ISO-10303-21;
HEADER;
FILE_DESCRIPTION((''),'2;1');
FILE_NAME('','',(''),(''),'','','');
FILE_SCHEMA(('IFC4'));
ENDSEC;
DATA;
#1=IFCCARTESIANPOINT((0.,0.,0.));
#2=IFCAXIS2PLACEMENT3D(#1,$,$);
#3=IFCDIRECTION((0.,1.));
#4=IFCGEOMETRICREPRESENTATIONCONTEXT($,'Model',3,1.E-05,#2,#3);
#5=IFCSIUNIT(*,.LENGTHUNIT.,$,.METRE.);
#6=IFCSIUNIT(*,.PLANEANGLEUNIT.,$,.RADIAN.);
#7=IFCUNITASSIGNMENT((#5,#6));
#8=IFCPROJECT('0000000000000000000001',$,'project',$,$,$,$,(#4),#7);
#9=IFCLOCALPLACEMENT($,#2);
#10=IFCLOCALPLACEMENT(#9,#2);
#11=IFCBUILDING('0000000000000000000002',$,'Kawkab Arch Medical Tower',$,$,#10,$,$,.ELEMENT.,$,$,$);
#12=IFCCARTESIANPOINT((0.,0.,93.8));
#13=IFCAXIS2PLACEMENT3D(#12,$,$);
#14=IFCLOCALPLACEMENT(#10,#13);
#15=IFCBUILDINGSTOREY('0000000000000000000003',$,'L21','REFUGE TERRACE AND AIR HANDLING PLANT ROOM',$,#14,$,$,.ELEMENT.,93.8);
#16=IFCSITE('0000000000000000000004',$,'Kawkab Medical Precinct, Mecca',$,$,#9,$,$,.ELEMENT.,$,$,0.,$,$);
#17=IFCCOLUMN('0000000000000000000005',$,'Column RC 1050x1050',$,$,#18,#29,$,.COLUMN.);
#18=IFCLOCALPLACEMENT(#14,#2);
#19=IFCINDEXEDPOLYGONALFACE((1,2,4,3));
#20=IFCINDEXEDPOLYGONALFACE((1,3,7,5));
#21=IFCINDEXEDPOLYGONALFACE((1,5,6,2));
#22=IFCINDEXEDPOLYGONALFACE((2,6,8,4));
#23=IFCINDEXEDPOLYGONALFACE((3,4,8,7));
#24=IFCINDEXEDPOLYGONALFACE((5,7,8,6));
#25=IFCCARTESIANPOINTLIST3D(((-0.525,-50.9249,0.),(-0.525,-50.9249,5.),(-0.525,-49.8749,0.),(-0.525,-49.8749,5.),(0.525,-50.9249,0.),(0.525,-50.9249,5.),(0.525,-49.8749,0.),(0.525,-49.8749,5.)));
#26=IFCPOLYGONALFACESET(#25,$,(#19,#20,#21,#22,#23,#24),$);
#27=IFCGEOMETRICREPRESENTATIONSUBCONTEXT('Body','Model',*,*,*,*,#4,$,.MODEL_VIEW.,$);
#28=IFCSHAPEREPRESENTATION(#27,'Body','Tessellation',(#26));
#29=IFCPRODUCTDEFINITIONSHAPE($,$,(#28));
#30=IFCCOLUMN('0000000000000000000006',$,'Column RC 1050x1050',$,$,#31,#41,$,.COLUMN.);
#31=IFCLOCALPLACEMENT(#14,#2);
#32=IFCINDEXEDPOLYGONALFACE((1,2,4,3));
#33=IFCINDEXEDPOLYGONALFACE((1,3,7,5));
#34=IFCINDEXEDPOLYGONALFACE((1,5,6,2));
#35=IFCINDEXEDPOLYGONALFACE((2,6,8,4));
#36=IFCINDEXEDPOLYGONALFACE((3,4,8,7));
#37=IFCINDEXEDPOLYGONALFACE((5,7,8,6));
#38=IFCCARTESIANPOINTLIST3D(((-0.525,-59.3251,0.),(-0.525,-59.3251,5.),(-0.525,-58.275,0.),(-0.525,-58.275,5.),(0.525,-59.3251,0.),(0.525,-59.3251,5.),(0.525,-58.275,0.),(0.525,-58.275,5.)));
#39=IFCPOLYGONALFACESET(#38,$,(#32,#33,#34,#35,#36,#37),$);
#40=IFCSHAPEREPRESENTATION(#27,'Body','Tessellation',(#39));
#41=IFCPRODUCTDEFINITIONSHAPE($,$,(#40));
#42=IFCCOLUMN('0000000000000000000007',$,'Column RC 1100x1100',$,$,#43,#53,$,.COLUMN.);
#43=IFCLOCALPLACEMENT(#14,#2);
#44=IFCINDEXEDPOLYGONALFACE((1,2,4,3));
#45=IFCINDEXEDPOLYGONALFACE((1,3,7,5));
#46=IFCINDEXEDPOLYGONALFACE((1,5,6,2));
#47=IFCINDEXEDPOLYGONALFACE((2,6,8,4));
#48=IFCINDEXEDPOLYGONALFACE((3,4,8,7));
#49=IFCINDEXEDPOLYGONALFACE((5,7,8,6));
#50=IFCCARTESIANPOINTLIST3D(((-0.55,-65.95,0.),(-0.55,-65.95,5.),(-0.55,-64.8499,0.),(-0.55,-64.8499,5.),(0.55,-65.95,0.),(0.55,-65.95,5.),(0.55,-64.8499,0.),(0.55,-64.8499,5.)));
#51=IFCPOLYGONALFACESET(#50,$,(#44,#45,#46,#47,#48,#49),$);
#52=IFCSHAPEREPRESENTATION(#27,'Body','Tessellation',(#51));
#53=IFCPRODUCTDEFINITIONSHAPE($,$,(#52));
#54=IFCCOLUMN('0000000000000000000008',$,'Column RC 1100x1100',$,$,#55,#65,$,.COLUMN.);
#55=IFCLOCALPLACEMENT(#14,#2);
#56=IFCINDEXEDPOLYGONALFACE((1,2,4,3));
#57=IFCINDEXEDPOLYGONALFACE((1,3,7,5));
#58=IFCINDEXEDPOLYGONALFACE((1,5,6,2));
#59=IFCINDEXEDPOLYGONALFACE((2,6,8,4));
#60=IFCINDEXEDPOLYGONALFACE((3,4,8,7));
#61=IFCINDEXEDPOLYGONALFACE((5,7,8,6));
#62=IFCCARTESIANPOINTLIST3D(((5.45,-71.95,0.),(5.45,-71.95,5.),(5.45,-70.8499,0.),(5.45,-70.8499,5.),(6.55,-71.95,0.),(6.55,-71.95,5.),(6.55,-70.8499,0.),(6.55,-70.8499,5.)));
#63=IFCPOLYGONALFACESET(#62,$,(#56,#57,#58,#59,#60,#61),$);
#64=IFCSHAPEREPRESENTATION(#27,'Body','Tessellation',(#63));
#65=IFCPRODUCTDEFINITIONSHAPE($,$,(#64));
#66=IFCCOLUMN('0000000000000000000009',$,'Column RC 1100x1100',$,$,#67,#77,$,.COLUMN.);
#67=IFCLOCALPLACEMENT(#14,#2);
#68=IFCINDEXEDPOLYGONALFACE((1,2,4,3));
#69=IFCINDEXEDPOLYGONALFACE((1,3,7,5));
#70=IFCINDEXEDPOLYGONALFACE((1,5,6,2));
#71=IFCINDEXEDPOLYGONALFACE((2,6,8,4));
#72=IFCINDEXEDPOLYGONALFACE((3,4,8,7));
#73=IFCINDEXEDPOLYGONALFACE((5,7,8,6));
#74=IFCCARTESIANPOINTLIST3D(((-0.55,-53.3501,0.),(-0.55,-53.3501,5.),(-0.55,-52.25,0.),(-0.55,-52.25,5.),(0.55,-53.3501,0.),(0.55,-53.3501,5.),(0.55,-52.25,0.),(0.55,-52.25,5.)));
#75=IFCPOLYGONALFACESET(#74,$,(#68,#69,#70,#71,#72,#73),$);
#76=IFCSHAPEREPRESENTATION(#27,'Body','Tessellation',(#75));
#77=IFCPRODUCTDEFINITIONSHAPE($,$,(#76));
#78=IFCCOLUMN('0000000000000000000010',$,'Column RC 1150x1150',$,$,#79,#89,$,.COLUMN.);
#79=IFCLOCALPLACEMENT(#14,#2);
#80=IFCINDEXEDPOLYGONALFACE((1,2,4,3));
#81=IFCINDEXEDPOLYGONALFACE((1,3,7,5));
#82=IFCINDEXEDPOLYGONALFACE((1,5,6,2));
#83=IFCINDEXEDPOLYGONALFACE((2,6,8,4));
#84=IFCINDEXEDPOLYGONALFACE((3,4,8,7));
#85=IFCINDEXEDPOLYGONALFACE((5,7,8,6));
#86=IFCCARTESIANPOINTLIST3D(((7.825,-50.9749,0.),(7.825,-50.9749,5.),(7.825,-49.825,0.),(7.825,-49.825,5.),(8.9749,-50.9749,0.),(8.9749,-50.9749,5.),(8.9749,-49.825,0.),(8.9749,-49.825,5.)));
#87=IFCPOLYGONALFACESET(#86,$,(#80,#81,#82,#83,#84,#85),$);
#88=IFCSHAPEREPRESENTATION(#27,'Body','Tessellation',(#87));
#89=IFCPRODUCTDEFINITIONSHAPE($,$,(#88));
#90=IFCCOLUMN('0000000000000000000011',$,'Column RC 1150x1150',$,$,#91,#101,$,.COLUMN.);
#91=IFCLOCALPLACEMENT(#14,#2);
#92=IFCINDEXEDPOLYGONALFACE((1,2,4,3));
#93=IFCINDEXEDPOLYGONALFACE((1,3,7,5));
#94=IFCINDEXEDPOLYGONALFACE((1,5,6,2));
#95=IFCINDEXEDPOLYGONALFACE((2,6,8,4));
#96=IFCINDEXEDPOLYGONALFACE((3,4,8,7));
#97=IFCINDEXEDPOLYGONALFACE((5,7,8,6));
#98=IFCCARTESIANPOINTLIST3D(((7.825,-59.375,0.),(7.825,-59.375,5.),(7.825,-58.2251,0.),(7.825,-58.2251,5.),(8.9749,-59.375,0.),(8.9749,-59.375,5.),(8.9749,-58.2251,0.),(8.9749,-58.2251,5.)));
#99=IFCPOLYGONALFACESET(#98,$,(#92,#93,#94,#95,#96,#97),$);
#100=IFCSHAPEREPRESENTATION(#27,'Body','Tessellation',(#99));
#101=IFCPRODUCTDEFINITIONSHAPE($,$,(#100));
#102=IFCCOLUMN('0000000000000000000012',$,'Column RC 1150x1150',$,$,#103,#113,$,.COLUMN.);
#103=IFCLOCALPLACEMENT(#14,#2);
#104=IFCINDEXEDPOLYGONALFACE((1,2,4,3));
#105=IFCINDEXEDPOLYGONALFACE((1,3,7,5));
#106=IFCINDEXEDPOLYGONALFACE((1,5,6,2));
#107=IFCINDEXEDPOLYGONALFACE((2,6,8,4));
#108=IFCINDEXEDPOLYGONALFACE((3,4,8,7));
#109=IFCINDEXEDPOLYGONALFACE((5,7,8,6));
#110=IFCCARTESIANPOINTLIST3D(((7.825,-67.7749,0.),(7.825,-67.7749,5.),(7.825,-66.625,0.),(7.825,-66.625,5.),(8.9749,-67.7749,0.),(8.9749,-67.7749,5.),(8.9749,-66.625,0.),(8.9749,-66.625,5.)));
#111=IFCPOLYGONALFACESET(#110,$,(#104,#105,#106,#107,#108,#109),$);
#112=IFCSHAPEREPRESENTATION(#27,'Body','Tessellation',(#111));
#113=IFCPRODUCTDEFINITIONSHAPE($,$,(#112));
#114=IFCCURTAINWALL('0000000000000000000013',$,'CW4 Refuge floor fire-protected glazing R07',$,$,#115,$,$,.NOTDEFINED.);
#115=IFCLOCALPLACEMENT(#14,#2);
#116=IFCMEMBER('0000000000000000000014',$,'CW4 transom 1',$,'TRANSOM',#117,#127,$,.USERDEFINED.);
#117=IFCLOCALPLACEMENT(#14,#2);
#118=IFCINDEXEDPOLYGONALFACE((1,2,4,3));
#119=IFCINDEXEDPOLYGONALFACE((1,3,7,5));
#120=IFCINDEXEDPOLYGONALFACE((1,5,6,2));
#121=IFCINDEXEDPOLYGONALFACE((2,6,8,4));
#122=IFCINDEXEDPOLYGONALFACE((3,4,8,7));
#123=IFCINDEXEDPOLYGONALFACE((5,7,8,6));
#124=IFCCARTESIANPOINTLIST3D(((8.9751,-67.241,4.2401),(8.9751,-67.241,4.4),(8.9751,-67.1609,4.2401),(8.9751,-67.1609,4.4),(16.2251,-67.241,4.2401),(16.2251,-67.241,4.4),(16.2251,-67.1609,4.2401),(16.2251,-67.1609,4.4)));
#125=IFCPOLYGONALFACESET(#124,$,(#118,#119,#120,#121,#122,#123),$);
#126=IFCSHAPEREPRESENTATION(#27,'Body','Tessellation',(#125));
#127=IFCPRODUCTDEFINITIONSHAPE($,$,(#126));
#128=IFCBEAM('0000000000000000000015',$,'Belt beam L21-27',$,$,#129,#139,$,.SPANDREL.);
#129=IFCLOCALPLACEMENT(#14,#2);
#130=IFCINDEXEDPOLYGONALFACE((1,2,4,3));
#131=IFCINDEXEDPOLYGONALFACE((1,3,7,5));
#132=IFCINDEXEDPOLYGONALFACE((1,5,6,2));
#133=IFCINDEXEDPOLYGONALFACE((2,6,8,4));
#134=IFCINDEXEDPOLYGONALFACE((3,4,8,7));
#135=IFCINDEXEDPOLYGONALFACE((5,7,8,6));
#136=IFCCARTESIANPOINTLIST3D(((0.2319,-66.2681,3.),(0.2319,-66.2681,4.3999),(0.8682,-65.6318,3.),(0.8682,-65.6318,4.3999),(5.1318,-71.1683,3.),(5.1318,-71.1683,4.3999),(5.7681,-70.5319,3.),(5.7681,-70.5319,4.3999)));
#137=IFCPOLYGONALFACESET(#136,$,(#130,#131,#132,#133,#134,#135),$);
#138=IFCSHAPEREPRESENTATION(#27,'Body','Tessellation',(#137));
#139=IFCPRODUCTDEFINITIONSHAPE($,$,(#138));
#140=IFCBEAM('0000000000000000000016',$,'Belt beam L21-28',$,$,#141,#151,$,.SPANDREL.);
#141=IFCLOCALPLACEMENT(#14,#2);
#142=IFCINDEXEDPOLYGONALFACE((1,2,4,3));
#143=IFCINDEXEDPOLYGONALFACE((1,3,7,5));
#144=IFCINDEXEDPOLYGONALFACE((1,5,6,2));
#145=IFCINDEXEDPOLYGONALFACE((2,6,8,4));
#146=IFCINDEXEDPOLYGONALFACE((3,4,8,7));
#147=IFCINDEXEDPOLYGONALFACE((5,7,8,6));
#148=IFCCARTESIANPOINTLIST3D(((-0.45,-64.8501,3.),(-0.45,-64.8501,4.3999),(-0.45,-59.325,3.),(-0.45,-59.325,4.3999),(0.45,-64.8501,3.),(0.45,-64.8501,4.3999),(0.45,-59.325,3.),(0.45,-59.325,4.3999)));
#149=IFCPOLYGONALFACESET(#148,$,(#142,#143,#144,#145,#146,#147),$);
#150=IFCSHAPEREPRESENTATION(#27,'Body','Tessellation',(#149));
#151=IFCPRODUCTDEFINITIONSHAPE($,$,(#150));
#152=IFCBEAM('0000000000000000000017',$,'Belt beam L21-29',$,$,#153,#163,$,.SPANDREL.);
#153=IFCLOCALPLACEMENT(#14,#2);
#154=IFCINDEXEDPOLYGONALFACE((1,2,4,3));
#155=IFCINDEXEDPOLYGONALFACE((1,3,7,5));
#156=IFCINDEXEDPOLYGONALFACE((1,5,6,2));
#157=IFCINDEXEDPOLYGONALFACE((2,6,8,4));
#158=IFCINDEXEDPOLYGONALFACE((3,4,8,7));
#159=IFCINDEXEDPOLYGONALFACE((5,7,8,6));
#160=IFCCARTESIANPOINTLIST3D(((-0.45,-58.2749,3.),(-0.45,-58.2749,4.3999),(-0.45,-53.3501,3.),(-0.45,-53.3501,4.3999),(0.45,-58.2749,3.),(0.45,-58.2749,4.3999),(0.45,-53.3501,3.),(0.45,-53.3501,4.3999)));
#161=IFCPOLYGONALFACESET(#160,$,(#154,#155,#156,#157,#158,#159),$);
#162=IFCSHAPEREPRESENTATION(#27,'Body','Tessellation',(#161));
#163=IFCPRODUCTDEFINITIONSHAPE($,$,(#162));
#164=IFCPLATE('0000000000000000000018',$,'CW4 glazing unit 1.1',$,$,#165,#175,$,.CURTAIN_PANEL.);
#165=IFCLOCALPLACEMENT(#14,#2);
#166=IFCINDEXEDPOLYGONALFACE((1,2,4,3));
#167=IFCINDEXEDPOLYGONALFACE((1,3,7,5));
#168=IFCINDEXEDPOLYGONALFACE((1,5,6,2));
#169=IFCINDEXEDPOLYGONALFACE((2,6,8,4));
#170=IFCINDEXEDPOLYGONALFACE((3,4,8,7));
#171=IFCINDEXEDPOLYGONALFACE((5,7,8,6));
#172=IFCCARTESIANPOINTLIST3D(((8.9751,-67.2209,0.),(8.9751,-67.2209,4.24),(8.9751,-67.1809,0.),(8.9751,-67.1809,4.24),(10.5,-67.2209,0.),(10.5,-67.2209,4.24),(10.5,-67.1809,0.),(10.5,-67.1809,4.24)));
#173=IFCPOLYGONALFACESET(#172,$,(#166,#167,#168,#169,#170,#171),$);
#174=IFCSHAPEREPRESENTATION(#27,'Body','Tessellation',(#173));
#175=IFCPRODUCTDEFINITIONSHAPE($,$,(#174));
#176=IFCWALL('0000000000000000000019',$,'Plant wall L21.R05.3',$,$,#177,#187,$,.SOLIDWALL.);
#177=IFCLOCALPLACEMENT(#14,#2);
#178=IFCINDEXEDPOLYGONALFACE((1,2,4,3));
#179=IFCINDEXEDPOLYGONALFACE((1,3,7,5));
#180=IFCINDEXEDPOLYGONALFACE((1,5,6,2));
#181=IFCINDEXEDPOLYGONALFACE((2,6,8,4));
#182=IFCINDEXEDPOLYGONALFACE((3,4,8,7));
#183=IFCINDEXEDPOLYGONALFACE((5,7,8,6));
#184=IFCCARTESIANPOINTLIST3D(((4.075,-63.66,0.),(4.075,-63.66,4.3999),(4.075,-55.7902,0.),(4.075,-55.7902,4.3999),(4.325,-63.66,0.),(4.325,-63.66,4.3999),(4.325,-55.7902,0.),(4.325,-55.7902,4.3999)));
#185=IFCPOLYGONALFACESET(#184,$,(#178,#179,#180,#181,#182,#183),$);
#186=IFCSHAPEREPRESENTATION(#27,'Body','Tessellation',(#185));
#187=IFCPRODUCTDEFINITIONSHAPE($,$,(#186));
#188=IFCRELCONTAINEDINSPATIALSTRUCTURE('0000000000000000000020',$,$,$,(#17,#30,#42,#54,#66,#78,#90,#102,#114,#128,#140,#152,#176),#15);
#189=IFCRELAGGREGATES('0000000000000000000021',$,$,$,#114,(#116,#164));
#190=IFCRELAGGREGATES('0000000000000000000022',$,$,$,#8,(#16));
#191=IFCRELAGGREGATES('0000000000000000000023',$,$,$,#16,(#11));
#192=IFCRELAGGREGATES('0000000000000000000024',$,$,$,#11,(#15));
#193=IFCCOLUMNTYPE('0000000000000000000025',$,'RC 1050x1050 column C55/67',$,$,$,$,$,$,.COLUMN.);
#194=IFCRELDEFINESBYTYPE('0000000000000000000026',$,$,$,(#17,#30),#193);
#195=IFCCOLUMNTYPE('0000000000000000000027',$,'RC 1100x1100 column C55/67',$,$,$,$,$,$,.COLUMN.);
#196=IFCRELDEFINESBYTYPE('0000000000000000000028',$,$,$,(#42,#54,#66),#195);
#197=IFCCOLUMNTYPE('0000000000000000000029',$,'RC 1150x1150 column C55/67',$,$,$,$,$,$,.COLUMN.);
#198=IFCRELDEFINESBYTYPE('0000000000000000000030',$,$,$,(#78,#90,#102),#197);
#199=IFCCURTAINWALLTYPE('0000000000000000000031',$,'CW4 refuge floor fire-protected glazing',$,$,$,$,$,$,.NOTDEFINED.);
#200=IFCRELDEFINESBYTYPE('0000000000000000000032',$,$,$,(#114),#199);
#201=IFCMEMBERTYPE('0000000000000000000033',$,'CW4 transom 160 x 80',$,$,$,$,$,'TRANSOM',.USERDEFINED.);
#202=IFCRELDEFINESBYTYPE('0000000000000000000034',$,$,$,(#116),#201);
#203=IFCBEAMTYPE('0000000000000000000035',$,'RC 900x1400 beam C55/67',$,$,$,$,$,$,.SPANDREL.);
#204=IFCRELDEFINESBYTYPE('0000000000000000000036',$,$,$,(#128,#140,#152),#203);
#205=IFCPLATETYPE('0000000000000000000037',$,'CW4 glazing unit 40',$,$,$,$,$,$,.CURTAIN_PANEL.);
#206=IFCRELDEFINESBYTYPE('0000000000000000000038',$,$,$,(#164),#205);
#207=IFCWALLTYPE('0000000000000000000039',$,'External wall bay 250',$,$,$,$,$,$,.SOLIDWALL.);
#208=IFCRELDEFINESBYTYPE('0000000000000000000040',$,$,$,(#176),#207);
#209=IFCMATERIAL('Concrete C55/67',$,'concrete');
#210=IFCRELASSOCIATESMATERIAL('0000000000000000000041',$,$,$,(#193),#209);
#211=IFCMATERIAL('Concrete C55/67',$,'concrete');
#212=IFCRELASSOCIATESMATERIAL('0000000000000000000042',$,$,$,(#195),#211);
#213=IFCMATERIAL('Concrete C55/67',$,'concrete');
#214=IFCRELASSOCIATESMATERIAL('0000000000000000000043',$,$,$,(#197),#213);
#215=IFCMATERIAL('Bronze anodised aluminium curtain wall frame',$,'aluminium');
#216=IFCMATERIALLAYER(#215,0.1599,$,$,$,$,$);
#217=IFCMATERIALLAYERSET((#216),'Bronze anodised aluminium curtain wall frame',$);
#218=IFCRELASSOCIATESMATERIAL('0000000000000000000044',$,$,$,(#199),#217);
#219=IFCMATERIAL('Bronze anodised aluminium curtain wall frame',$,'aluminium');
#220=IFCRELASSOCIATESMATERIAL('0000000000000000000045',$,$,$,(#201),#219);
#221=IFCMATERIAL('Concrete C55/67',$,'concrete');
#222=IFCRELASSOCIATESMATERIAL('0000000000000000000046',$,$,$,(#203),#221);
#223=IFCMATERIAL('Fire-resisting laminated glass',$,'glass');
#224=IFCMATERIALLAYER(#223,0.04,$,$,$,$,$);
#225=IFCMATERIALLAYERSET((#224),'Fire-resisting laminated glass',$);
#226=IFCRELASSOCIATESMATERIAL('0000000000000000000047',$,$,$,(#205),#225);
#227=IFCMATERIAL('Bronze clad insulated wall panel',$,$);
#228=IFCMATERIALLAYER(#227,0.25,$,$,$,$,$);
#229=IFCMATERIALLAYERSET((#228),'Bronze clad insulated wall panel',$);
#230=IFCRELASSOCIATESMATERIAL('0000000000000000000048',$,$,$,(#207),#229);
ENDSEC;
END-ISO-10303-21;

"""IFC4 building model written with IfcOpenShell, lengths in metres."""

from ifc_helpers import new_model, si_unit, direction, frame, frame_2d, origin, origin_2d, place, context, subcontext, project, spatial, rectangle, extrude, material, layer, layer_set, material_profile, profile_set, type_object, element, aggregate, save


model = new_model("IFC4")

# Units and contexts
model_context = context("Model", 3, precision=1e-05, world=origin(), true_north=direction((0.0, 1.0)))
body_context = subcontext(model_context, "Body", "Model", "MODEL_VIEW")
ifc_project = project(units=[si_unit("LENGTHUNIT", "METRE"), si_unit("PLANEANGLEUNIT", "RADIAN")], contexts=[model_context])

# Site, building, storey
site_placement = place(None, origin())
site = spatial("IfcSite", under=ifc_project, at=site_placement, Name="Kawkab Medical Precinct, Mecca", CompositionType="ELEMENT", RefElevation=0.0)
building_placement = place(site_placement, origin())
building = spatial("IfcBuilding", under=site, at=building_placement, Name="Kawkab Arch Medical Tower", CompositionType="ELEMENT")
storey_placement = place(building_placement, frame((0.0, 0.0, 93.8)))
storey = spatial("IfcBuildingStorey", under=building, at=storey_placement, Name="L21", Description="REFUGE TERRACE AND AIR HANDLING PLANT ROOM", CompositionType="ELEMENT", Elevation=93.8)

# Columns
ifc_material_1 = material(Name="Concrete C55/67", Category="concrete")
ifc_material_profile_1 = material_profile(ifc_material_1, rectangle(XDim=1.05, YDim=1.05, at=origin_2d()), Name="RC 1050x1050")
ifc_profile_set_1 = profile_set([ifc_material_profile_1], Name="Concrete C55/67")
column_type_1 = type_object("IfcColumnType", Name="RC 1050x1050 column C55/67", PredefinedType="COLUMN", material=ifc_profile_set_1)
for number, where, z_axis, x_axis, name in (
    (1, (0.0, -50.3999, 0.0), (0.0, 0.0, 1.0), (1.0, 0.0, 0.0), "Column RC 1050x1050"),
    (2, (0.0, -58.8, 0.0), (0.0, 0.0, 1.0), (1.0, 0.0, 0.0), "Column RC 1050x1050"),
):
    element("IfcColumn", number, at=place(storey_placement, frame(where, z_axis=z_axis, x_axis=x_axis)), inside=storey, type_object=column_type_1, Name=name, PredefinedType="COLUMN", context=body_context, shape_type="SweptSolid", body=[
        extrude(rectangle(XDim=1.05, YDim=1.05, at=origin_2d()), origin(), (0.0, 0.0, 1.0), 5.0),
    ])
ifc_material_2 = material(Name="Concrete C55/67", Category="concrete")
ifc_material_profile_2 = material_profile(ifc_material_2, rectangle(XDim=1.1001, YDim=1.1001, at=origin_2d()), Name="RC 1100x1100")
ifc_profile_set_2 = profile_set([ifc_material_profile_2], Name="Concrete C55/67")
column_type_2 = type_object("IfcColumnType", Name="RC 1100x1100 column C55/67", PredefinedType="COLUMN", material=ifc_profile_set_2)
for number, where, z_axis, x_axis, name in (
    (3, (0.0, -65.3999, 0.0), (0.0, 0.0, 1.0), (1.0, 0.0, 0.0), "Column RC 1100x1100"),
    (4, (6.0, -71.3999, 0.0), (0.0, 0.0, 1.0), (1.0, 0.0, 0.0), "Column RC 1100x1100"),
    (5, (0.0, -52.8, 0.0), (0.0, 0.0, 1.0), (1.0, 0.0, 0.0), "Column RC 1100x1100"),
):
    element("IfcColumn", number, at=place(storey_placement, frame(where, z_axis=z_axis, x_axis=x_axis)), inside=storey, type_object=column_type_2, Name=name, PredefinedType="COLUMN", context=body_context, shape_type="SweptSolid", body=[
        extrude(rectangle(XDim=1.1001, YDim=1.1001, at=origin_2d()), origin(), (0.0, 0.0, 1.0), 5.0),
    ])
ifc_material_3 = material(Name="Concrete C55/67", Category="concrete")
ifc_material_profile_3 = material_profile(ifc_material_3, rectangle(XDim=1.1499, YDim=1.1499, at=origin_2d()), Name="RC 1150x1150")
ifc_profile_set_3 = profile_set([ifc_material_profile_3], Name="Concrete C55/67")
column_type_3 = type_object("IfcColumnType", Name="RC 1150x1150 column C55/67", PredefinedType="COLUMN", material=ifc_profile_set_3)
for number, where, z_axis, x_axis, name in (
    (6, (8.3999, -50.3999, 0.0), (0.0, 0.0, 1.0), (1.0, 0.0, 0.0), "Column RC 1150x1150"),
    (7, (8.3999, -58.8, 0.0), (0.0, 0.0, 1.0), (1.0, 0.0, 0.0), "Column RC 1150x1150"),
    (8, (8.3999, -67.2, 0.0), (0.0, 0.0, 1.0), (1.0, 0.0, 0.0), "Column RC 1150x1150"),
):
    element("IfcColumn", number, at=place(storey_placement, frame(where, z_axis=z_axis, x_axis=x_axis)), inside=storey, type_object=column_type_3, Name=name, PredefinedType="COLUMN", context=body_context, shape_type="SweptSolid", body=[
        extrude(rectangle(XDim=1.1499, YDim=1.1499, at=origin_2d()), origin(), (0.0, 0.0, 1.0), 5.0),
    ])

# Curtain wall, member
ifc_material_4 = material(Name="Bronze anodised aluminium curtain wall frame", Category="aluminium")
ifc_layer_1 = layer(ifc_material_4, 0.1599)
ifc_layer_set_1 = layer_set([ifc_layer_1], Name="Bronze anodised aluminium curtain wall frame")
curtain_wall_type = type_object("IfcCurtainWallType", Name="CW4 refuge floor fire-protected glazing", PredefinedType="NOTDEFINED", material=ifc_layer_set_1)
curtain_wall_placement = place(storey_placement, origin())
curtain_wall = element("IfcCurtainWall", 9, at=curtain_wall_placement, inside=storey, type_object=curtain_wall_type, Name="CW4 Refuge floor fire-protected glazing R07", PredefinedType="NOTDEFINED")
ifc_material_5 = material(Name="Bronze anodised aluminium curtain wall frame", Category="aluminium")
ifc_material_profile_4 = material_profile(ifc_material_5, rectangle(XDim=0.0801, YDim=0.1599, at=origin_2d()), Name="AL 80x160")
ifc_profile_set_4 = profile_set([ifc_material_profile_4], Name="Bronze anodised aluminium curtain wall frame")
member_type = type_object("IfcMemberType", Name="CW4 transom 160 x 80", ElementType="TRANSOM", PredefinedType="USERDEFINED", material=ifc_profile_set_4)
member_placement = place(storey_placement, frame((8.9751, -67.2009, 4.3201), z_axis=(1.0, 0.0, 0.0), x_axis=(0.0, 1.0, 0.0)))
member = element("IfcMember", 10, at=member_placement, type_object=member_type, Name="CW4 transom 1", ObjectType="TRANSOM", PredefinedType="USERDEFINED", context=body_context, shape_type="SweptSolid", body=[
    extrude(rectangle(XDim=0.0801, YDim=0.1599, at=origin_2d()), origin(), (0.0, 0.0, 1.0), 7.25),
])

# Beams
ifc_material_6 = material(Name="Concrete C55/67", Category="concrete")
ifc_material_profile_5 = material_profile(ifc_material_6, rectangle(XDim=0.8999, YDim=1.3999, at=origin_2d()), Name="RC 900x1400")
ifc_profile_set_5 = profile_set([ifc_material_profile_5], Name="Concrete C55/67")
beam_type = type_object("IfcBeamType", Name="RC 900x1400 beam C55/67", PredefinedType="SPANDREL", material=ifc_profile_set_5)
beam_1_placement = place(storey_placement, frame((5.45, -70.8501, 3.7), z_axis=(-0.707089, 0.707124, 0.0), x_axis=(-0.707124, -0.707089, 0.0)))
element("IfcBeam", 11, at=beam_1_placement, inside=storey, type_object=beam_type, Name="Belt beam L21-27", PredefinedType="SPANDREL", context=body_context, shape_type="SweptSolid", body=[
    extrude(rectangle(XDim=0.8999, YDim=1.3999, at=origin_2d()), origin(), (0.0, 0.0, 1.0), 6.9297),
])
beam_2_placement = place(storey_placement, frame((0.0, -64.8501, 3.7), z_axis=(0.0, 1.0, 0.0), x_axis=(-1.0, 0.0, 0.0)))
element("IfcBeam", 12, at=beam_2_placement, inside=storey, type_object=beam_type, Name="Belt beam L21-28", PredefinedType="SPANDREL", context=body_context, shape_type="SweptSolid", body=[
    extrude(rectangle(XDim=0.8999, YDim=1.3999, at=origin_2d()), origin(), (0.0, 0.0, 1.0), 5.5251),
])
beam_3_placement = place(storey_placement, frame((0.0, -58.2749, 3.7), z_axis=(0.0, 1.0, 0.0), x_axis=(-1.0, 0.0, 0.0)))
element("IfcBeam", 13, at=beam_3_placement, inside=storey, type_object=beam_type, Name="Belt beam L21-29", PredefinedType="SPANDREL", context=body_context, shape_type="SweptSolid", body=[
    extrude(rectangle(XDim=0.8999, YDim=1.3999, at=origin_2d()), origin(), (0.0, 0.0, 1.0), 4.9248),
])

# Plate
ifc_material_7 = material(Name="Fire-resisting laminated glass", Category="glass")
ifc_layer_2 = layer(ifc_material_7, 0.04)
ifc_layer_set_2 = layer_set([ifc_layer_2], Name="Fire-resisting laminated glass")
plate_type = type_object("IfcPlateType", Name="CW4 glazing unit 40", PredefinedType="CURTAIN_PANEL", material=ifc_layer_set_2)
plate_placement = place(storey_placement, frame((9.7375, -67.2009, 0.0), z_axis=(0.0, 0.0, 1.0), x_axis=(1.0, 0.0, 0.0)))
plate = element("IfcPlate", 14, at=plate_placement, type_object=plate_type, Name="CW4 glazing unit 1.1", PredefinedType="CURTAIN_PANEL", context=body_context, shape_type="SweptSolid", body=[
    extrude(rectangle(XDim=1.5249, YDim=0.04, at=origin_2d()), origin(), (0.0, 0.0, 1.0), 4.24),
])
aggregate(curtain_wall, [member, plate])

# Wall
ifc_material_8 = material(Name="Bronze clad insulated wall panel")
ifc_layer_3 = layer(ifc_material_8, 0.25)
ifc_layer_set_3 = layer_set([ifc_layer_3], Name="Bronze clad insulated wall panel")
wall_type_1 = type_object("IfcWallType", Name="External wall bay 250", PredefinedType="SOLIDWALL", material=ifc_layer_set_3)
wall_1_placement = place(storey_placement, frame((4.2, -55.79, 0.0), z_axis=(0.0, 0.0, 1.0), x_axis=(0.0, -1.0, 0.0)))
element("IfcWall", 15, at=wall_1_placement, inside=storey, type_object=wall_type_1, Name="Plant wall L21.R05.3", PredefinedType="SOLIDWALL", context=body_context, shape_type="SweptSolid", body=[
    extrude(rectangle(XDim=7.8699, YDim=0.25, at=frame_2d((3.9351, 0.0))), origin(), (0.0, 0.0, 1.0), 4.3999),
])

save(model, "model.ifc")
